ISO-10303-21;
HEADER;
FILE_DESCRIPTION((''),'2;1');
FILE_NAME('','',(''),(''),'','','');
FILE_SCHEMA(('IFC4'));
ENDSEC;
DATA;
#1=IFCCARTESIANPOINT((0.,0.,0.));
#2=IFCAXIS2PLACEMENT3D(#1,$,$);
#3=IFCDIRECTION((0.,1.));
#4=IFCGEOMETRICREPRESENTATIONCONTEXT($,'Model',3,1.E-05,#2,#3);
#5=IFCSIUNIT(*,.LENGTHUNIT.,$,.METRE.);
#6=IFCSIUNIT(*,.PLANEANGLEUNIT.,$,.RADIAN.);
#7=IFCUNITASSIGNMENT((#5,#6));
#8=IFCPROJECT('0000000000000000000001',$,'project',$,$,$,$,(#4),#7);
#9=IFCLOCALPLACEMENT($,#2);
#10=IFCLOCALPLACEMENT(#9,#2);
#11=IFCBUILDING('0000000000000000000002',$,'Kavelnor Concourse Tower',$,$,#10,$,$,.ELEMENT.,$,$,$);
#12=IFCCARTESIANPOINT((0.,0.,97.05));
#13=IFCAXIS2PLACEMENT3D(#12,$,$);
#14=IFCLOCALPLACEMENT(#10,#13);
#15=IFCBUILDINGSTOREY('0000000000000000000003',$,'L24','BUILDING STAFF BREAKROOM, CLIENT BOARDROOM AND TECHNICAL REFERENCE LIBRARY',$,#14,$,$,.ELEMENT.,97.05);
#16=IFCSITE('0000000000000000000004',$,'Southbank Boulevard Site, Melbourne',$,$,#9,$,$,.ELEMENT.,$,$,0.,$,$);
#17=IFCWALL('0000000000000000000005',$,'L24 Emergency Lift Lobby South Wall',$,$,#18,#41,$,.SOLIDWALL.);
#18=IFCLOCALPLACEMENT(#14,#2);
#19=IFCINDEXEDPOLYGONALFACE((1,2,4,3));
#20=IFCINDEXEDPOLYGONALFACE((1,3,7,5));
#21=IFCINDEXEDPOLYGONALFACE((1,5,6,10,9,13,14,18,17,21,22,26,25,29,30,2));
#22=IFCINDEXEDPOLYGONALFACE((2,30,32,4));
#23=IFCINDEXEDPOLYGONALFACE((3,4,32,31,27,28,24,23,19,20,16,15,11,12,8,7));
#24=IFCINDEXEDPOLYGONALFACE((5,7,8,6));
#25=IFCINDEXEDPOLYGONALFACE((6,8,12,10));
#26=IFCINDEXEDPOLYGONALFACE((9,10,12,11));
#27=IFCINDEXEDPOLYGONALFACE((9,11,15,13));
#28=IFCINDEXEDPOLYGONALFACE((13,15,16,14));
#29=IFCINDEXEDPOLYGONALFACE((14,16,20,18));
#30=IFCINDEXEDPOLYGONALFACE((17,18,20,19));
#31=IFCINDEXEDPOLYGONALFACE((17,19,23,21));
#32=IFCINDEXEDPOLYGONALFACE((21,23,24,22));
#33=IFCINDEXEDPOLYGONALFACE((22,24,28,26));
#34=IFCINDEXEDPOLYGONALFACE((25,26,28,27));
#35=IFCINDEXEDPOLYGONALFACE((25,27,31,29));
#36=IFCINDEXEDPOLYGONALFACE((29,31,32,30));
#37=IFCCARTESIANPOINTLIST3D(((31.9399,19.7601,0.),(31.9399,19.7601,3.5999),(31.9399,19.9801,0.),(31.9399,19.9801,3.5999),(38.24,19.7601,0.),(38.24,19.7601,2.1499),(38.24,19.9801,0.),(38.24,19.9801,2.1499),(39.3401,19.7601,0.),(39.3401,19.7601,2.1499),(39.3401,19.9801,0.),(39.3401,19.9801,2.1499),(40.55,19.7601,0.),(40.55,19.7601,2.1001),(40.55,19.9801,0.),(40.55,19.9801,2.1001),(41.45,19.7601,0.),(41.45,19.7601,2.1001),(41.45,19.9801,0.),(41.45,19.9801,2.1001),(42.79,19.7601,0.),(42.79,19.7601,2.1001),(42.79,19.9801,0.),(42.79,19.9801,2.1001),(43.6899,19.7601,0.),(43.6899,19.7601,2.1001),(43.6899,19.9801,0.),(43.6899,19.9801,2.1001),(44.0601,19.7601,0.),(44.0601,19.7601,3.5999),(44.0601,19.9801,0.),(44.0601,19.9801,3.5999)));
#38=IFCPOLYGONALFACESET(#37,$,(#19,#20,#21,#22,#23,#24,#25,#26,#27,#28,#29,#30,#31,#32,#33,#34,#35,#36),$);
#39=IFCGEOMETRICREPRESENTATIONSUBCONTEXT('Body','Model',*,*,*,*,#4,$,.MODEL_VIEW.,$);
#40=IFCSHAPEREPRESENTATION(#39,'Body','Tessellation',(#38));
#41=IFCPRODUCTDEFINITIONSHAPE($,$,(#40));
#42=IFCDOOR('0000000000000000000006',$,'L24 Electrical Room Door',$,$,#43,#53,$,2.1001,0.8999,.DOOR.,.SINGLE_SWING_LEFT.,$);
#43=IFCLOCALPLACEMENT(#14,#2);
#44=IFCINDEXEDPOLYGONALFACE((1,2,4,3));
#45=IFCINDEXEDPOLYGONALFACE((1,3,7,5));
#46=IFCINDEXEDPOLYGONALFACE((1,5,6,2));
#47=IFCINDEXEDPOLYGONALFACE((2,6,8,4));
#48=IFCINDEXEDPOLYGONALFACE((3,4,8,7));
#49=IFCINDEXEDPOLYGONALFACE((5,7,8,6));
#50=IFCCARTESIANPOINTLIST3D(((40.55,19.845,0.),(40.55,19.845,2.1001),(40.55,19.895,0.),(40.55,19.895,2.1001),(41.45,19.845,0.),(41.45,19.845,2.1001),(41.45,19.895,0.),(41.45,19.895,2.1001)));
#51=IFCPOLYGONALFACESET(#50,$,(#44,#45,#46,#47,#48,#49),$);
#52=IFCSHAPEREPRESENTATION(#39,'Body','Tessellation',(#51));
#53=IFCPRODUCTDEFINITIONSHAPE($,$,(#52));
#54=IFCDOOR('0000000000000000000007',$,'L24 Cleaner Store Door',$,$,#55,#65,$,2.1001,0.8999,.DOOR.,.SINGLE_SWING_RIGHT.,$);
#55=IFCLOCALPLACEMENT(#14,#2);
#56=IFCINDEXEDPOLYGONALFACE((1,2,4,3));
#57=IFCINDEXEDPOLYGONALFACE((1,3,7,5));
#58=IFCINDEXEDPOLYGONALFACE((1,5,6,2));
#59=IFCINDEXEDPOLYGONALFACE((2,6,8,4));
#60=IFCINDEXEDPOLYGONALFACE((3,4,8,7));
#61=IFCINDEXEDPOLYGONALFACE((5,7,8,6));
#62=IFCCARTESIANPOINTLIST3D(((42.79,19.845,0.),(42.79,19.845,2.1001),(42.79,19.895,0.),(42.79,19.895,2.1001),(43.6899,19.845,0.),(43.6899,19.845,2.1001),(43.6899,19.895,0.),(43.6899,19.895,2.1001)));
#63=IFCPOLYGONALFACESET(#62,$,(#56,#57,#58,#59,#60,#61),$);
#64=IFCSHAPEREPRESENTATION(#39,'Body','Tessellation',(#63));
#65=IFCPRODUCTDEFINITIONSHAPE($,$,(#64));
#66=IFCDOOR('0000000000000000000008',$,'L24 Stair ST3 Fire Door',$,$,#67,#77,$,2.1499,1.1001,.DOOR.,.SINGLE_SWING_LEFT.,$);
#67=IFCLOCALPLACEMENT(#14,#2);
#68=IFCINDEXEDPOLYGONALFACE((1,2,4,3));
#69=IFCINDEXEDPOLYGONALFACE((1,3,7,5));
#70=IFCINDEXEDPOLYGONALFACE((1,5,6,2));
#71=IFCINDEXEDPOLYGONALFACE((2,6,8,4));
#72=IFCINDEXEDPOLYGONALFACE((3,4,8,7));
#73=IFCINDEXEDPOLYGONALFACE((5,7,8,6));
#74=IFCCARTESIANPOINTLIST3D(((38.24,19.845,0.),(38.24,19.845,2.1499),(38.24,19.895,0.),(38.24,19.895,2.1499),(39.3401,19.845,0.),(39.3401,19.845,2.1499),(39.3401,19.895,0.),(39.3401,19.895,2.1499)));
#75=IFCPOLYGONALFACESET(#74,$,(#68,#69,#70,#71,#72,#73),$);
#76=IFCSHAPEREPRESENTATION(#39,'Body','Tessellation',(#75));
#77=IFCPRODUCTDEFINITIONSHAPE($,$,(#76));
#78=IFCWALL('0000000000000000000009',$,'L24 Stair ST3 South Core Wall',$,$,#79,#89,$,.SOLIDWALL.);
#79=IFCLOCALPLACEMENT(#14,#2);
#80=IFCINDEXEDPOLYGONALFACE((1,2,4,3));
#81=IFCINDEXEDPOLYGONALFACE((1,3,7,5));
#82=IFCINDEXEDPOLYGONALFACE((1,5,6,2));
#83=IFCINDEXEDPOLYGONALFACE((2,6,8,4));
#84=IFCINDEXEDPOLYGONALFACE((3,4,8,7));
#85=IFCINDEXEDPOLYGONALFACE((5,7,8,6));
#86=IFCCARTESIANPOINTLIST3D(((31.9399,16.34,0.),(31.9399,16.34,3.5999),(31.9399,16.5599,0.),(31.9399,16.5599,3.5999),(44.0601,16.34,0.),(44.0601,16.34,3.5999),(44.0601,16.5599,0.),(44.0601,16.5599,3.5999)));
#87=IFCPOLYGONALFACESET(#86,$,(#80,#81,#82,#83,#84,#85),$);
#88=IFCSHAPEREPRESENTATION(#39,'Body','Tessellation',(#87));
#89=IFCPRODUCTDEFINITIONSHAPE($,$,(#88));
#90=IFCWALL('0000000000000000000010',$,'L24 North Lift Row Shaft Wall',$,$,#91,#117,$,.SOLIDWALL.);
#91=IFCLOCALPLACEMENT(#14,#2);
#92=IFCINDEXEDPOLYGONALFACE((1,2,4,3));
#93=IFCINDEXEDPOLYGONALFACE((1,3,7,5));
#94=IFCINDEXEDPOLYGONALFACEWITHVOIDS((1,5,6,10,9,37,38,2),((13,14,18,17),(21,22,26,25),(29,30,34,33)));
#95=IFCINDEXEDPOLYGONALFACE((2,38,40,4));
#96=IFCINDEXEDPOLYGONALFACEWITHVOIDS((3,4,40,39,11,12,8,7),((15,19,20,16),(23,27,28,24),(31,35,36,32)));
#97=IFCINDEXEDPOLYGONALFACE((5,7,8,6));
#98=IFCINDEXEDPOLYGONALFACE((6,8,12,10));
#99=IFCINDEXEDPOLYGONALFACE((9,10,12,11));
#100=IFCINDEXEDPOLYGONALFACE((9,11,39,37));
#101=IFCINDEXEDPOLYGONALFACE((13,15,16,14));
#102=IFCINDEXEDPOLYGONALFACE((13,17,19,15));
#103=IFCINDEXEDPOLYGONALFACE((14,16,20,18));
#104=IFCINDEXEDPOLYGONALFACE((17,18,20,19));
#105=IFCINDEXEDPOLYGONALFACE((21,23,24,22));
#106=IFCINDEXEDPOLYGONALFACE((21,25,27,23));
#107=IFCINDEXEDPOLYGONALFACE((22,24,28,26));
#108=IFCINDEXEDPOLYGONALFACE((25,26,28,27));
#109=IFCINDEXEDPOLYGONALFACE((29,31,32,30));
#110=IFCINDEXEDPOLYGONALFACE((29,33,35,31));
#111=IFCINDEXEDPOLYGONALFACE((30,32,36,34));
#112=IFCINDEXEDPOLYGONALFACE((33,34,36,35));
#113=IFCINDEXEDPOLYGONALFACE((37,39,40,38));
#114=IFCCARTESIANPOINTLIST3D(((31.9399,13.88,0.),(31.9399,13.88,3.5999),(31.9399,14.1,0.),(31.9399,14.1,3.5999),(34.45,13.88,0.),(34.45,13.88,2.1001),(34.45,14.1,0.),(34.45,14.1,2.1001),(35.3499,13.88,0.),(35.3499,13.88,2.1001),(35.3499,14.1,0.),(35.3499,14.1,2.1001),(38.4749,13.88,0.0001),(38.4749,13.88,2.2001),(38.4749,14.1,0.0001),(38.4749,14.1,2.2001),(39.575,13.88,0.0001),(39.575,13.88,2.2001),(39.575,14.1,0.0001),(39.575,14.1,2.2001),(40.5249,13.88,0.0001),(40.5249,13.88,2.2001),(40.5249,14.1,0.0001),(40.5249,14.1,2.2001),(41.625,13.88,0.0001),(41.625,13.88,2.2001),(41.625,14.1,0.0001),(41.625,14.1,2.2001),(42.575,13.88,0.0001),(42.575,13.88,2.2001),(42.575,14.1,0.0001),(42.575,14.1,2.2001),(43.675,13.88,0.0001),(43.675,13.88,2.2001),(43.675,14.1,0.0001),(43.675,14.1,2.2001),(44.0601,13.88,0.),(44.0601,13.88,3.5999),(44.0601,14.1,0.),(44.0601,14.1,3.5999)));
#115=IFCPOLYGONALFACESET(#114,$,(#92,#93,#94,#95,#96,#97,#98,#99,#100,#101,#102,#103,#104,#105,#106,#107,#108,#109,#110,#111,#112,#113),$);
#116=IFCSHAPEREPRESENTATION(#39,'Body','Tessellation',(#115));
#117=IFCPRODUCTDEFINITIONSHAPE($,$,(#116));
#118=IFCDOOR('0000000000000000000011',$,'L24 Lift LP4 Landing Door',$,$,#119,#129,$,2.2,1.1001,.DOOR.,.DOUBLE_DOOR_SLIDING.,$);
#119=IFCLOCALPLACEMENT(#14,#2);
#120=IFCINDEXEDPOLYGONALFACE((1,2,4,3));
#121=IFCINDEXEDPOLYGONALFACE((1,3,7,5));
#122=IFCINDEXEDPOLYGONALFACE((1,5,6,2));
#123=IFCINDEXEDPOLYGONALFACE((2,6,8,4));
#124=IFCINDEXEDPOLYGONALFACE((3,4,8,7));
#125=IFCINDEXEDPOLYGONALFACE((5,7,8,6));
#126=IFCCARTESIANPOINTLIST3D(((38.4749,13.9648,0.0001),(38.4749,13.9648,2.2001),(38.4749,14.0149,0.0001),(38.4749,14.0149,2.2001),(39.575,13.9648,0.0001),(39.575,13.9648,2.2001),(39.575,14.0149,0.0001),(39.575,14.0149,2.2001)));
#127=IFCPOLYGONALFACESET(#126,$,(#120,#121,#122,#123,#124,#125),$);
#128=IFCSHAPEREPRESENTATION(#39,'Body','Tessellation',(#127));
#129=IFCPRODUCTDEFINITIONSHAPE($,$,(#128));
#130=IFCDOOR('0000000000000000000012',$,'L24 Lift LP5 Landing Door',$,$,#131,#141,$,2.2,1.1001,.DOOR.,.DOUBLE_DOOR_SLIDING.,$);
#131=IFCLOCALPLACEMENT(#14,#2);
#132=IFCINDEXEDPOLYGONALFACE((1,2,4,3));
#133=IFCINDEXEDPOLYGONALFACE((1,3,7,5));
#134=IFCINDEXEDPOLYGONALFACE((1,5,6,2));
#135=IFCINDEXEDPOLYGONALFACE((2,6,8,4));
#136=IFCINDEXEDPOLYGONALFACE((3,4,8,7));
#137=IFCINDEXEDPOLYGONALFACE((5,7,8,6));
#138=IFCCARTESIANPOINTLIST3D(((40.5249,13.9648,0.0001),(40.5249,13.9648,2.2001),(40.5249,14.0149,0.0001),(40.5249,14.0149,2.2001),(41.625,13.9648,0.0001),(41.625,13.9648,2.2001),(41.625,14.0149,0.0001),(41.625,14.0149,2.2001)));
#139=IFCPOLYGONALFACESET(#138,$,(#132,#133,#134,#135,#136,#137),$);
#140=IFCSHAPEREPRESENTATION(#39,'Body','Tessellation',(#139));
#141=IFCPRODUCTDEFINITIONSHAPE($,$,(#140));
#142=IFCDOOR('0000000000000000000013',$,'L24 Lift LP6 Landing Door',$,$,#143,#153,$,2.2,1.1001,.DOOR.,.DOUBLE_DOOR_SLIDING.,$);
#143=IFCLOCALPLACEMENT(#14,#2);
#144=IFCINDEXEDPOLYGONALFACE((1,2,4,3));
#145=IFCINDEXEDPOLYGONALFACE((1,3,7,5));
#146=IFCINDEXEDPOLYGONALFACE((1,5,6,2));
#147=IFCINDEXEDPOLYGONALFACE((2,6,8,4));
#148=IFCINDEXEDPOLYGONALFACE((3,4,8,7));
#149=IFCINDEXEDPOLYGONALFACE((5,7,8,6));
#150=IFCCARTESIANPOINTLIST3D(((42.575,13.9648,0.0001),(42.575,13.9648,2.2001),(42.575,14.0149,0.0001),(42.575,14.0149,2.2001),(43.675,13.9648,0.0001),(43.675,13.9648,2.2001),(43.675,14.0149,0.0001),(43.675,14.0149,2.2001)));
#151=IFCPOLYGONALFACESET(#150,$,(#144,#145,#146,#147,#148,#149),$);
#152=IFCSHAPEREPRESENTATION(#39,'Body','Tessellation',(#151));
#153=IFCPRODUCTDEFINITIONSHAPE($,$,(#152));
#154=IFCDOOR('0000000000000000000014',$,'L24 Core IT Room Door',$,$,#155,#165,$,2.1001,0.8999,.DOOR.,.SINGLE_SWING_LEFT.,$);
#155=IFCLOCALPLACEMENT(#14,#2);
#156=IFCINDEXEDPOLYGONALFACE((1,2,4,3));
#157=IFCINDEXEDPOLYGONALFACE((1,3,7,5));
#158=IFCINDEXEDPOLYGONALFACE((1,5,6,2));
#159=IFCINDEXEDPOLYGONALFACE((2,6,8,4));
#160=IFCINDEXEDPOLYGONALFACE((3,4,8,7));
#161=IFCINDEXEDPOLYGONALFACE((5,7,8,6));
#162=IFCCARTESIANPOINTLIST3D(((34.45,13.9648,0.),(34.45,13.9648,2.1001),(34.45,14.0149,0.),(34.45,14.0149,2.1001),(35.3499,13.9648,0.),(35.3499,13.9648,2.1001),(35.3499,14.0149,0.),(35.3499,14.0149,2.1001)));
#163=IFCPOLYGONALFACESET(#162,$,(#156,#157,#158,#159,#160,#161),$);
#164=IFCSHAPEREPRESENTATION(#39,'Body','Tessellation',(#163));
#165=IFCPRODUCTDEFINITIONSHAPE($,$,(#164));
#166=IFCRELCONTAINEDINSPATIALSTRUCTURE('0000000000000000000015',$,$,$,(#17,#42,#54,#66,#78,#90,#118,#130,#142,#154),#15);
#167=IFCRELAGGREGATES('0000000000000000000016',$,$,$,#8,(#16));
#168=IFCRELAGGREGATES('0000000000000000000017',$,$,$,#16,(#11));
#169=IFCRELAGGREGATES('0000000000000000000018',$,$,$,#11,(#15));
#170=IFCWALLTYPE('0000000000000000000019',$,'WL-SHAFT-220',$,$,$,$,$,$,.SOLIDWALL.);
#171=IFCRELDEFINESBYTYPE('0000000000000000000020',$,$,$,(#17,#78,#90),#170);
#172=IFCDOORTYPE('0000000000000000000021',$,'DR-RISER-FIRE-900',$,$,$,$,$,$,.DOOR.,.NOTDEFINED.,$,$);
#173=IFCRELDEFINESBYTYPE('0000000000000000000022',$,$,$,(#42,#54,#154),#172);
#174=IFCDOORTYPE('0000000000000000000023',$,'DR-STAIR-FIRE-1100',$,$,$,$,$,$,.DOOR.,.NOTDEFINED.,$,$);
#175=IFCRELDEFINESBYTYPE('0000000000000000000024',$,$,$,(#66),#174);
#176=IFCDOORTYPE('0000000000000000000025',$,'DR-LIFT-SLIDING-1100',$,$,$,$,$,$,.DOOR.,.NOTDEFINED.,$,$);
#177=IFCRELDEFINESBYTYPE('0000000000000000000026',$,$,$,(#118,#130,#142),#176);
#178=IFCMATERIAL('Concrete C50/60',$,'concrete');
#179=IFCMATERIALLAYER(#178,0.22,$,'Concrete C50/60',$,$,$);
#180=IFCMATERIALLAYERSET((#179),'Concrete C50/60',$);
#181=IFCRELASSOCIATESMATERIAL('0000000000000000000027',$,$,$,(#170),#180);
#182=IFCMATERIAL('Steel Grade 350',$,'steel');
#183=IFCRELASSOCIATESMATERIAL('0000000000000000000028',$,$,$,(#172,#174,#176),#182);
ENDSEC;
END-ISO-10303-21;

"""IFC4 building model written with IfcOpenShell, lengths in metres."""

from ifc_helpers import new_model, si_unit, direction, frame, frame_2d, origin, place, context, subcontext, project, spatial, rectangle, extrude, material, layer, layer_set, type_object, element, fill, save


model = new_model("IFC4")

# Units and contexts
model_context = context("Model", 3, precision=1e-05, world=origin(), true_north=direction((0.0, 1.0)))
body_context = subcontext(model_context, "Body", "Model", "MODEL_VIEW")
ifc_project = project(units=[si_unit("LENGTHUNIT", "METRE"), si_unit("PLANEANGLEUNIT", "RADIAN")], contexts=[model_context])

# Site, building, storey
site_placement = place(None, origin())
site = spatial("IfcSite", under=ifc_project, at=site_placement, Name="Southbank Boulevard Site, Melbourne", CompositionType="ELEMENT", RefElevation=0.0)
building_placement = place(site_placement, origin())
building = spatial("IfcBuilding", under=site, at=building_placement, Name="Kavelnor Concourse Tower", CompositionType="ELEMENT")
storey_placement = place(building_placement, frame((0.0, 0.0, 97.05)))
storey = spatial("IfcBuildingStorey", under=building, at=storey_placement, Name="L24", Description="BUILDING STAFF BREAKROOM, CLIENT BOARDROOM AND TECHNICAL REFERENCE LIBRARY", CompositionType="ELEMENT", Elevation=97.05)

# Shared definitions
ifc_material_1 = material(Name="Steel Grade 350", Category="steel")

# Wall, openings, doors
ifc_material_2 = material(Name="Concrete C50/60", Category="concrete")
ifc_layer_1 = layer(ifc_material_2, 0.22, Name="Concrete C50/60")
ifc_layer_set_1 = layer_set([ifc_layer_1], Name="Concrete C50/60")
wall_type_1 = type_object("IfcWallType", Name="WL-SHAFT-220", PredefinedType="SOLIDWALL", material=ifc_layer_set_1)
wall_1_placement = place(storey_placement, frame((31.9399, 19.8701, 0.0), z_axis=(0.0, 0.0, 1.0), x_axis=(1.0, 0.0, 0.0)))
wall_1 = element("IfcWall", 1, at=wall_1_placement, inside=storey, type_object=wall_type_1, Name="L24 Emergency Lift Lobby South Wall", PredefinedType="SOLIDWALL", context=body_context, shape_type="SweptSolid", body=[
    extrude(rectangle(XDim=12.1201, YDim=0.22, at=frame_2d((6.0601, 0.0))), origin(), (0.0, 0.0, 1.0), 3.5999),
])
opening_1_placement = place(wall_1_placement, frame((6.3, 0.0, 0.0)))
opening_1 = element("IfcOpeningElement", 2, at=opening_1_placement, cuts=wall_1, PredefinedType="OPENING", context=body_context, shape_type="SweptSolid", body=[
    extrude(rectangle(XDim=1.1001, YDim=2.1499, at=frame_2d((0.55, 1.075))), frame((0.0, 0.1201, 0.0), z_axis=(0.0, -1.0, 0.0), x_axis=(1.0, 0.0, 0.0)), (0.0, 0.0, 1.0), 0.24),
])
opening_2_placement = place(wall_1_placement, frame((8.6101, 0.0, 0.0)))
opening_2 = element("IfcOpeningElement", 3, at=opening_2_placement, cuts=wall_1, PredefinedType="OPENING", context=body_context, shape_type="SweptSolid", body=[
    extrude(rectangle(XDim=0.8999, YDim=2.1001, at=frame_2d((0.45, 1.05))), frame((0.0, 0.1201, 0.0), z_axis=(0.0, -1.0, 0.0), x_axis=(1.0, 0.0, 0.0)), (0.0, 0.0, 1.0), 0.24),
])
opening_3_placement = place(wall_1_placement, frame((10.8501, 0.0, 0.0)))
opening_3 = element("IfcOpeningElement", 4, at=opening_3_placement, cuts=wall_1, PredefinedType="OPENING", context=body_context, shape_type="SweptSolid", body=[
    extrude(rectangle(XDim=0.8999, YDim=2.1001, at=frame_2d((0.45, 1.05))), frame((0.0, 0.1201, 0.0), z_axis=(0.0, -1.0, 0.0), x_axis=(1.0, 0.0, 0.0)), (0.0, 0.0, 1.0), 0.24),
])
door_type_1 = type_object("IfcDoorType", Name="DR-RISER-FIRE-900", OperationType="NOTDEFINED", PredefinedType="DOOR", material=ifc_material_1)
door_1_placement = place(opening_2_placement, origin())
door_1 = element("IfcDoor", 5, at=door_1_placement, inside=storey, type_object=door_type_1, Name="L24 Electrical Room Door", OperationType="SINGLE_SWING_LEFT", OverallHeight=2.1001, OverallWidth=0.8999, PredefinedType="DOOR", context=body_context, shape_type="SweptSolid", body=[
    extrude(rectangle(XDim=0.8999, YDim=2.1001, at=frame_2d((0.45, 1.05))), frame((0.0, 0.0249, 0.0), z_axis=(0.0, -1.0, 0.0), x_axis=(1.0, 0.0, 0.0)), (0.0, 0.0, 1.0), 0.05),
])
fill(opening_2, door_1)
door_2_placement = place(opening_3_placement, origin())
door_2 = element("IfcDoor", 6, at=door_2_placement, inside=storey, type_object=door_type_1, Name="L24 Cleaner Store Door", OperationType="SINGLE_SWING_RIGHT", OverallHeight=2.1001, OverallWidth=0.8999, PredefinedType="DOOR", context=body_context, shape_type="SweptSolid", body=[
    extrude(rectangle(XDim=0.8999, YDim=2.1001, at=frame_2d((0.45, 1.05))), frame((0.0, 0.0249, 0.0), z_axis=(0.0, -1.0, 0.0), x_axis=(1.0, 0.0, 0.0)), (0.0, 0.0, 1.0), 0.05),
])
fill(opening_3, door_2)
door_type_2 = type_object("IfcDoorType", Name="DR-STAIR-FIRE-1100", OperationType="NOTDEFINED", PredefinedType="DOOR", material=ifc_material_1)
door_3_placement = place(opening_1_placement, origin())
door_3 = element("IfcDoor", 7, at=door_3_placement, inside=storey, type_object=door_type_2, Name="L24 Stair ST3 Fire Door", OperationType="SINGLE_SWING_LEFT", OverallHeight=2.1499, OverallWidth=1.1001, PredefinedType="DOOR", context=body_context, shape_type="SweptSolid", body=[
    extrude(rectangle(XDim=1.1001, YDim=2.1499, at=frame_2d((0.55, 1.075))), frame((0.0, 0.0249, 0.0), z_axis=(0.0, -1.0, 0.0), x_axis=(1.0, 0.0, 0.0)), (0.0, 0.0, 1.0), 0.05),
])
fill(opening_1, door_3)

# Wall
wall_2_placement = place(storey_placement, frame((31.9399, 16.45, 0.0), z_axis=(0.0, 0.0, 1.0), x_axis=(1.0, 0.0, 0.0)))
element("IfcWall", 8, at=wall_2_placement, inside=storey, type_object=wall_type_1, Name="L24 Stair ST3 South Core Wall", PredefinedType="SOLIDWALL", context=body_context, shape_type="SweptSolid", body=[
    extrude(rectangle(XDim=12.1201, YDim=0.22, at=frame_2d((6.0601, 0.0))), origin(), (0.0, 0.0, 1.0), 3.5999),
])

# Wall, openings, doors
wall_3_placement = place(storey_placement, frame((31.9399, 13.99, 0.0), z_axis=(0.0, 0.0, 1.0), x_axis=(1.0, 0.0, 0.0)))
wall_3 = element("IfcWall", 9, at=wall_3_placement, inside=storey, type_object=wall_type_1, Name="L24 North Lift Row Shaft Wall", PredefinedType="SOLIDWALL", context=body_context, shape_type="SweptSolid", body=[
    extrude(rectangle(XDim=12.1201, YDim=0.22, at=frame_2d((6.0601, 0.0))), origin(), (0.0, 0.0, 1.0), 3.5999),
])
opening_4_placement = place(wall_3_placement, frame((2.51, 0.0, 0.0)))
opening_4 = element("IfcOpeningElement", 10, at=opening_4_placement, cuts=wall_3, PredefinedType="OPENING", context=body_context, shape_type="SweptSolid", body=[
    extrude(rectangle(XDim=0.8999, YDim=2.1001, at=frame_2d((0.45, 1.05))), frame((0.0, 0.1201, 0.0), z_axis=(0.0, -1.0, 0.0), x_axis=(1.0, 0.0, 0.0)), (0.0, 0.0, 1.0), 0.24),
])
opening_5_placement = place(wall_3_placement, frame((6.5349, 0.0, 0.0)))
opening_5 = element("IfcOpeningElement", 11, at=opening_5_placement, cuts=wall_3, PredefinedType="OPENING", context=body_context, shape_type="SweptSolid", body=[
    extrude(rectangle(XDim=1.1001, YDim=2.2, at=frame_2d((0.55, 1.1001))), frame((0.0, 0.1201, 0.0), z_axis=(0.0, -1.0, 0.0), x_axis=(1.0, 0.0, 0.0)), (0.0, 0.0, 1.0), 0.24),
])
opening_6_placement = place(wall_3_placement, frame((8.585, 0.0, 0.0)))
opening_6 = element("IfcOpeningElement", 12, at=opening_6_placement, cuts=wall_3, PredefinedType="OPENING", context=body_context, shape_type="SweptSolid", body=[
    extrude(rectangle(XDim=1.1001, YDim=2.2, at=frame_2d((0.55, 1.1001))), frame((0.0, 0.1201, 0.0), z_axis=(0.0, -1.0, 0.0), x_axis=(1.0, 0.0, 0.0)), (0.0, 0.0, 1.0), 0.24),
])
opening_7_placement = place(wall_3_placement, frame((10.635, 0.0, 0.0)))
opening_7 = element("IfcOpeningElement", 13, at=opening_7_placement, cuts=wall_3, PredefinedType="OPENING", context=body_context, shape_type="SweptSolid", body=[
    extrude(rectangle(XDim=1.1001, YDim=2.2, at=frame_2d((0.55, 1.1001))), frame((0.0, 0.1201, 0.0), z_axis=(0.0, -1.0, 0.0), x_axis=(1.0, 0.0, 0.0)), (0.0, 0.0, 1.0), 0.24),
])
door_type_3 = type_object("IfcDoorType", Name="DR-LIFT-SLIDING-1100", OperationType="NOTDEFINED", PredefinedType="DOOR", material=ifc_material_1)
door_4_placement = place(opening_5_placement, origin())
door_4 = element("IfcDoor", 14, at=door_4_placement, inside=storey, type_object=door_type_3, Name="L24 Lift LP4 Landing Door", OperationType="DOUBLE_DOOR_SLIDING", OverallHeight=2.2, OverallWidth=1.1001, PredefinedType="DOOR", context=body_context, shape_type="SweptSolid", body=[
    extrude(rectangle(XDim=1.1001, YDim=2.2, at=frame_2d((0.55, 1.1001))), frame((0.0, 0.0249, 0.0), z_axis=(0.0, -1.0, 0.0), x_axis=(1.0, 0.0, 0.0)), (0.0, 0.0, 1.0), 0.05),
])
fill(opening_5, door_4)
door_5_placement = place(opening_6_placement, origin())
door_5 = element("IfcDoor", 15, at=door_5_placement, inside=storey, type_object=door_type_3, Name="L24 Lift LP5 Landing Door", OperationType="DOUBLE_DOOR_SLIDING", OverallHeight=2.2, OverallWidth=1.1001, PredefinedType="DOOR", context=body_context, shape_type="SweptSolid", body=[
    extrude(rectangle(XDim=1.1001, YDim=2.2, at=frame_2d((0.55, 1.1001))), frame((0.0, 0.0249, 0.0), z_axis=(0.0, -1.0, 0.0), x_axis=(1.0, 0.0, 0.0)), (0.0, 0.0, 1.0), 0.05),
])
fill(opening_6, door_5)
door_6_placement = place(opening_7_placement, origin())
door_6 = element("IfcDoor", 16, at=door_6_placement, inside=storey, type_object=door_type_3, Name="L24 Lift LP6 Landing Door", OperationType="DOUBLE_DOOR_SLIDING", OverallHeight=2.2, OverallWidth=1.1001, PredefinedType="DOOR", context=body_context, shape_type="SweptSolid", body=[
    extrude(rectangle(XDim=1.1001, YDim=2.2, at=frame_2d((0.55, 1.1001))), frame((0.0, 0.0249, 0.0), z_axis=(0.0, -1.0, 0.0), x_axis=(1.0, 0.0, 0.0)), (0.0, 0.0, 1.0), 0.05),
])
fill(opening_7, door_6)
door_7_placement = place(opening_4_placement, origin())
door_7 = element("IfcDoor", 17, at=door_7_placement, inside=storey, type_object=door_type_1, Name="L24 Core IT Room Door", OperationType="SINGLE_SWING_LEFT", OverallHeight=2.1001, OverallWidth=0.8999, PredefinedType="DOOR", context=body_context, shape_type="SweptSolid", body=[
    extrude(rectangle(XDim=0.8999, YDim=2.1001, at=frame_2d((0.45, 1.05))), frame((0.0, 0.0249, 0.0), z_axis=(0.0, -1.0, 0.0), x_axis=(1.0, 0.0, 0.0)), (0.0, 0.0, 1.0), 0.05),
])
fill(opening_4, door_7)

save(model, "model.ifc")
